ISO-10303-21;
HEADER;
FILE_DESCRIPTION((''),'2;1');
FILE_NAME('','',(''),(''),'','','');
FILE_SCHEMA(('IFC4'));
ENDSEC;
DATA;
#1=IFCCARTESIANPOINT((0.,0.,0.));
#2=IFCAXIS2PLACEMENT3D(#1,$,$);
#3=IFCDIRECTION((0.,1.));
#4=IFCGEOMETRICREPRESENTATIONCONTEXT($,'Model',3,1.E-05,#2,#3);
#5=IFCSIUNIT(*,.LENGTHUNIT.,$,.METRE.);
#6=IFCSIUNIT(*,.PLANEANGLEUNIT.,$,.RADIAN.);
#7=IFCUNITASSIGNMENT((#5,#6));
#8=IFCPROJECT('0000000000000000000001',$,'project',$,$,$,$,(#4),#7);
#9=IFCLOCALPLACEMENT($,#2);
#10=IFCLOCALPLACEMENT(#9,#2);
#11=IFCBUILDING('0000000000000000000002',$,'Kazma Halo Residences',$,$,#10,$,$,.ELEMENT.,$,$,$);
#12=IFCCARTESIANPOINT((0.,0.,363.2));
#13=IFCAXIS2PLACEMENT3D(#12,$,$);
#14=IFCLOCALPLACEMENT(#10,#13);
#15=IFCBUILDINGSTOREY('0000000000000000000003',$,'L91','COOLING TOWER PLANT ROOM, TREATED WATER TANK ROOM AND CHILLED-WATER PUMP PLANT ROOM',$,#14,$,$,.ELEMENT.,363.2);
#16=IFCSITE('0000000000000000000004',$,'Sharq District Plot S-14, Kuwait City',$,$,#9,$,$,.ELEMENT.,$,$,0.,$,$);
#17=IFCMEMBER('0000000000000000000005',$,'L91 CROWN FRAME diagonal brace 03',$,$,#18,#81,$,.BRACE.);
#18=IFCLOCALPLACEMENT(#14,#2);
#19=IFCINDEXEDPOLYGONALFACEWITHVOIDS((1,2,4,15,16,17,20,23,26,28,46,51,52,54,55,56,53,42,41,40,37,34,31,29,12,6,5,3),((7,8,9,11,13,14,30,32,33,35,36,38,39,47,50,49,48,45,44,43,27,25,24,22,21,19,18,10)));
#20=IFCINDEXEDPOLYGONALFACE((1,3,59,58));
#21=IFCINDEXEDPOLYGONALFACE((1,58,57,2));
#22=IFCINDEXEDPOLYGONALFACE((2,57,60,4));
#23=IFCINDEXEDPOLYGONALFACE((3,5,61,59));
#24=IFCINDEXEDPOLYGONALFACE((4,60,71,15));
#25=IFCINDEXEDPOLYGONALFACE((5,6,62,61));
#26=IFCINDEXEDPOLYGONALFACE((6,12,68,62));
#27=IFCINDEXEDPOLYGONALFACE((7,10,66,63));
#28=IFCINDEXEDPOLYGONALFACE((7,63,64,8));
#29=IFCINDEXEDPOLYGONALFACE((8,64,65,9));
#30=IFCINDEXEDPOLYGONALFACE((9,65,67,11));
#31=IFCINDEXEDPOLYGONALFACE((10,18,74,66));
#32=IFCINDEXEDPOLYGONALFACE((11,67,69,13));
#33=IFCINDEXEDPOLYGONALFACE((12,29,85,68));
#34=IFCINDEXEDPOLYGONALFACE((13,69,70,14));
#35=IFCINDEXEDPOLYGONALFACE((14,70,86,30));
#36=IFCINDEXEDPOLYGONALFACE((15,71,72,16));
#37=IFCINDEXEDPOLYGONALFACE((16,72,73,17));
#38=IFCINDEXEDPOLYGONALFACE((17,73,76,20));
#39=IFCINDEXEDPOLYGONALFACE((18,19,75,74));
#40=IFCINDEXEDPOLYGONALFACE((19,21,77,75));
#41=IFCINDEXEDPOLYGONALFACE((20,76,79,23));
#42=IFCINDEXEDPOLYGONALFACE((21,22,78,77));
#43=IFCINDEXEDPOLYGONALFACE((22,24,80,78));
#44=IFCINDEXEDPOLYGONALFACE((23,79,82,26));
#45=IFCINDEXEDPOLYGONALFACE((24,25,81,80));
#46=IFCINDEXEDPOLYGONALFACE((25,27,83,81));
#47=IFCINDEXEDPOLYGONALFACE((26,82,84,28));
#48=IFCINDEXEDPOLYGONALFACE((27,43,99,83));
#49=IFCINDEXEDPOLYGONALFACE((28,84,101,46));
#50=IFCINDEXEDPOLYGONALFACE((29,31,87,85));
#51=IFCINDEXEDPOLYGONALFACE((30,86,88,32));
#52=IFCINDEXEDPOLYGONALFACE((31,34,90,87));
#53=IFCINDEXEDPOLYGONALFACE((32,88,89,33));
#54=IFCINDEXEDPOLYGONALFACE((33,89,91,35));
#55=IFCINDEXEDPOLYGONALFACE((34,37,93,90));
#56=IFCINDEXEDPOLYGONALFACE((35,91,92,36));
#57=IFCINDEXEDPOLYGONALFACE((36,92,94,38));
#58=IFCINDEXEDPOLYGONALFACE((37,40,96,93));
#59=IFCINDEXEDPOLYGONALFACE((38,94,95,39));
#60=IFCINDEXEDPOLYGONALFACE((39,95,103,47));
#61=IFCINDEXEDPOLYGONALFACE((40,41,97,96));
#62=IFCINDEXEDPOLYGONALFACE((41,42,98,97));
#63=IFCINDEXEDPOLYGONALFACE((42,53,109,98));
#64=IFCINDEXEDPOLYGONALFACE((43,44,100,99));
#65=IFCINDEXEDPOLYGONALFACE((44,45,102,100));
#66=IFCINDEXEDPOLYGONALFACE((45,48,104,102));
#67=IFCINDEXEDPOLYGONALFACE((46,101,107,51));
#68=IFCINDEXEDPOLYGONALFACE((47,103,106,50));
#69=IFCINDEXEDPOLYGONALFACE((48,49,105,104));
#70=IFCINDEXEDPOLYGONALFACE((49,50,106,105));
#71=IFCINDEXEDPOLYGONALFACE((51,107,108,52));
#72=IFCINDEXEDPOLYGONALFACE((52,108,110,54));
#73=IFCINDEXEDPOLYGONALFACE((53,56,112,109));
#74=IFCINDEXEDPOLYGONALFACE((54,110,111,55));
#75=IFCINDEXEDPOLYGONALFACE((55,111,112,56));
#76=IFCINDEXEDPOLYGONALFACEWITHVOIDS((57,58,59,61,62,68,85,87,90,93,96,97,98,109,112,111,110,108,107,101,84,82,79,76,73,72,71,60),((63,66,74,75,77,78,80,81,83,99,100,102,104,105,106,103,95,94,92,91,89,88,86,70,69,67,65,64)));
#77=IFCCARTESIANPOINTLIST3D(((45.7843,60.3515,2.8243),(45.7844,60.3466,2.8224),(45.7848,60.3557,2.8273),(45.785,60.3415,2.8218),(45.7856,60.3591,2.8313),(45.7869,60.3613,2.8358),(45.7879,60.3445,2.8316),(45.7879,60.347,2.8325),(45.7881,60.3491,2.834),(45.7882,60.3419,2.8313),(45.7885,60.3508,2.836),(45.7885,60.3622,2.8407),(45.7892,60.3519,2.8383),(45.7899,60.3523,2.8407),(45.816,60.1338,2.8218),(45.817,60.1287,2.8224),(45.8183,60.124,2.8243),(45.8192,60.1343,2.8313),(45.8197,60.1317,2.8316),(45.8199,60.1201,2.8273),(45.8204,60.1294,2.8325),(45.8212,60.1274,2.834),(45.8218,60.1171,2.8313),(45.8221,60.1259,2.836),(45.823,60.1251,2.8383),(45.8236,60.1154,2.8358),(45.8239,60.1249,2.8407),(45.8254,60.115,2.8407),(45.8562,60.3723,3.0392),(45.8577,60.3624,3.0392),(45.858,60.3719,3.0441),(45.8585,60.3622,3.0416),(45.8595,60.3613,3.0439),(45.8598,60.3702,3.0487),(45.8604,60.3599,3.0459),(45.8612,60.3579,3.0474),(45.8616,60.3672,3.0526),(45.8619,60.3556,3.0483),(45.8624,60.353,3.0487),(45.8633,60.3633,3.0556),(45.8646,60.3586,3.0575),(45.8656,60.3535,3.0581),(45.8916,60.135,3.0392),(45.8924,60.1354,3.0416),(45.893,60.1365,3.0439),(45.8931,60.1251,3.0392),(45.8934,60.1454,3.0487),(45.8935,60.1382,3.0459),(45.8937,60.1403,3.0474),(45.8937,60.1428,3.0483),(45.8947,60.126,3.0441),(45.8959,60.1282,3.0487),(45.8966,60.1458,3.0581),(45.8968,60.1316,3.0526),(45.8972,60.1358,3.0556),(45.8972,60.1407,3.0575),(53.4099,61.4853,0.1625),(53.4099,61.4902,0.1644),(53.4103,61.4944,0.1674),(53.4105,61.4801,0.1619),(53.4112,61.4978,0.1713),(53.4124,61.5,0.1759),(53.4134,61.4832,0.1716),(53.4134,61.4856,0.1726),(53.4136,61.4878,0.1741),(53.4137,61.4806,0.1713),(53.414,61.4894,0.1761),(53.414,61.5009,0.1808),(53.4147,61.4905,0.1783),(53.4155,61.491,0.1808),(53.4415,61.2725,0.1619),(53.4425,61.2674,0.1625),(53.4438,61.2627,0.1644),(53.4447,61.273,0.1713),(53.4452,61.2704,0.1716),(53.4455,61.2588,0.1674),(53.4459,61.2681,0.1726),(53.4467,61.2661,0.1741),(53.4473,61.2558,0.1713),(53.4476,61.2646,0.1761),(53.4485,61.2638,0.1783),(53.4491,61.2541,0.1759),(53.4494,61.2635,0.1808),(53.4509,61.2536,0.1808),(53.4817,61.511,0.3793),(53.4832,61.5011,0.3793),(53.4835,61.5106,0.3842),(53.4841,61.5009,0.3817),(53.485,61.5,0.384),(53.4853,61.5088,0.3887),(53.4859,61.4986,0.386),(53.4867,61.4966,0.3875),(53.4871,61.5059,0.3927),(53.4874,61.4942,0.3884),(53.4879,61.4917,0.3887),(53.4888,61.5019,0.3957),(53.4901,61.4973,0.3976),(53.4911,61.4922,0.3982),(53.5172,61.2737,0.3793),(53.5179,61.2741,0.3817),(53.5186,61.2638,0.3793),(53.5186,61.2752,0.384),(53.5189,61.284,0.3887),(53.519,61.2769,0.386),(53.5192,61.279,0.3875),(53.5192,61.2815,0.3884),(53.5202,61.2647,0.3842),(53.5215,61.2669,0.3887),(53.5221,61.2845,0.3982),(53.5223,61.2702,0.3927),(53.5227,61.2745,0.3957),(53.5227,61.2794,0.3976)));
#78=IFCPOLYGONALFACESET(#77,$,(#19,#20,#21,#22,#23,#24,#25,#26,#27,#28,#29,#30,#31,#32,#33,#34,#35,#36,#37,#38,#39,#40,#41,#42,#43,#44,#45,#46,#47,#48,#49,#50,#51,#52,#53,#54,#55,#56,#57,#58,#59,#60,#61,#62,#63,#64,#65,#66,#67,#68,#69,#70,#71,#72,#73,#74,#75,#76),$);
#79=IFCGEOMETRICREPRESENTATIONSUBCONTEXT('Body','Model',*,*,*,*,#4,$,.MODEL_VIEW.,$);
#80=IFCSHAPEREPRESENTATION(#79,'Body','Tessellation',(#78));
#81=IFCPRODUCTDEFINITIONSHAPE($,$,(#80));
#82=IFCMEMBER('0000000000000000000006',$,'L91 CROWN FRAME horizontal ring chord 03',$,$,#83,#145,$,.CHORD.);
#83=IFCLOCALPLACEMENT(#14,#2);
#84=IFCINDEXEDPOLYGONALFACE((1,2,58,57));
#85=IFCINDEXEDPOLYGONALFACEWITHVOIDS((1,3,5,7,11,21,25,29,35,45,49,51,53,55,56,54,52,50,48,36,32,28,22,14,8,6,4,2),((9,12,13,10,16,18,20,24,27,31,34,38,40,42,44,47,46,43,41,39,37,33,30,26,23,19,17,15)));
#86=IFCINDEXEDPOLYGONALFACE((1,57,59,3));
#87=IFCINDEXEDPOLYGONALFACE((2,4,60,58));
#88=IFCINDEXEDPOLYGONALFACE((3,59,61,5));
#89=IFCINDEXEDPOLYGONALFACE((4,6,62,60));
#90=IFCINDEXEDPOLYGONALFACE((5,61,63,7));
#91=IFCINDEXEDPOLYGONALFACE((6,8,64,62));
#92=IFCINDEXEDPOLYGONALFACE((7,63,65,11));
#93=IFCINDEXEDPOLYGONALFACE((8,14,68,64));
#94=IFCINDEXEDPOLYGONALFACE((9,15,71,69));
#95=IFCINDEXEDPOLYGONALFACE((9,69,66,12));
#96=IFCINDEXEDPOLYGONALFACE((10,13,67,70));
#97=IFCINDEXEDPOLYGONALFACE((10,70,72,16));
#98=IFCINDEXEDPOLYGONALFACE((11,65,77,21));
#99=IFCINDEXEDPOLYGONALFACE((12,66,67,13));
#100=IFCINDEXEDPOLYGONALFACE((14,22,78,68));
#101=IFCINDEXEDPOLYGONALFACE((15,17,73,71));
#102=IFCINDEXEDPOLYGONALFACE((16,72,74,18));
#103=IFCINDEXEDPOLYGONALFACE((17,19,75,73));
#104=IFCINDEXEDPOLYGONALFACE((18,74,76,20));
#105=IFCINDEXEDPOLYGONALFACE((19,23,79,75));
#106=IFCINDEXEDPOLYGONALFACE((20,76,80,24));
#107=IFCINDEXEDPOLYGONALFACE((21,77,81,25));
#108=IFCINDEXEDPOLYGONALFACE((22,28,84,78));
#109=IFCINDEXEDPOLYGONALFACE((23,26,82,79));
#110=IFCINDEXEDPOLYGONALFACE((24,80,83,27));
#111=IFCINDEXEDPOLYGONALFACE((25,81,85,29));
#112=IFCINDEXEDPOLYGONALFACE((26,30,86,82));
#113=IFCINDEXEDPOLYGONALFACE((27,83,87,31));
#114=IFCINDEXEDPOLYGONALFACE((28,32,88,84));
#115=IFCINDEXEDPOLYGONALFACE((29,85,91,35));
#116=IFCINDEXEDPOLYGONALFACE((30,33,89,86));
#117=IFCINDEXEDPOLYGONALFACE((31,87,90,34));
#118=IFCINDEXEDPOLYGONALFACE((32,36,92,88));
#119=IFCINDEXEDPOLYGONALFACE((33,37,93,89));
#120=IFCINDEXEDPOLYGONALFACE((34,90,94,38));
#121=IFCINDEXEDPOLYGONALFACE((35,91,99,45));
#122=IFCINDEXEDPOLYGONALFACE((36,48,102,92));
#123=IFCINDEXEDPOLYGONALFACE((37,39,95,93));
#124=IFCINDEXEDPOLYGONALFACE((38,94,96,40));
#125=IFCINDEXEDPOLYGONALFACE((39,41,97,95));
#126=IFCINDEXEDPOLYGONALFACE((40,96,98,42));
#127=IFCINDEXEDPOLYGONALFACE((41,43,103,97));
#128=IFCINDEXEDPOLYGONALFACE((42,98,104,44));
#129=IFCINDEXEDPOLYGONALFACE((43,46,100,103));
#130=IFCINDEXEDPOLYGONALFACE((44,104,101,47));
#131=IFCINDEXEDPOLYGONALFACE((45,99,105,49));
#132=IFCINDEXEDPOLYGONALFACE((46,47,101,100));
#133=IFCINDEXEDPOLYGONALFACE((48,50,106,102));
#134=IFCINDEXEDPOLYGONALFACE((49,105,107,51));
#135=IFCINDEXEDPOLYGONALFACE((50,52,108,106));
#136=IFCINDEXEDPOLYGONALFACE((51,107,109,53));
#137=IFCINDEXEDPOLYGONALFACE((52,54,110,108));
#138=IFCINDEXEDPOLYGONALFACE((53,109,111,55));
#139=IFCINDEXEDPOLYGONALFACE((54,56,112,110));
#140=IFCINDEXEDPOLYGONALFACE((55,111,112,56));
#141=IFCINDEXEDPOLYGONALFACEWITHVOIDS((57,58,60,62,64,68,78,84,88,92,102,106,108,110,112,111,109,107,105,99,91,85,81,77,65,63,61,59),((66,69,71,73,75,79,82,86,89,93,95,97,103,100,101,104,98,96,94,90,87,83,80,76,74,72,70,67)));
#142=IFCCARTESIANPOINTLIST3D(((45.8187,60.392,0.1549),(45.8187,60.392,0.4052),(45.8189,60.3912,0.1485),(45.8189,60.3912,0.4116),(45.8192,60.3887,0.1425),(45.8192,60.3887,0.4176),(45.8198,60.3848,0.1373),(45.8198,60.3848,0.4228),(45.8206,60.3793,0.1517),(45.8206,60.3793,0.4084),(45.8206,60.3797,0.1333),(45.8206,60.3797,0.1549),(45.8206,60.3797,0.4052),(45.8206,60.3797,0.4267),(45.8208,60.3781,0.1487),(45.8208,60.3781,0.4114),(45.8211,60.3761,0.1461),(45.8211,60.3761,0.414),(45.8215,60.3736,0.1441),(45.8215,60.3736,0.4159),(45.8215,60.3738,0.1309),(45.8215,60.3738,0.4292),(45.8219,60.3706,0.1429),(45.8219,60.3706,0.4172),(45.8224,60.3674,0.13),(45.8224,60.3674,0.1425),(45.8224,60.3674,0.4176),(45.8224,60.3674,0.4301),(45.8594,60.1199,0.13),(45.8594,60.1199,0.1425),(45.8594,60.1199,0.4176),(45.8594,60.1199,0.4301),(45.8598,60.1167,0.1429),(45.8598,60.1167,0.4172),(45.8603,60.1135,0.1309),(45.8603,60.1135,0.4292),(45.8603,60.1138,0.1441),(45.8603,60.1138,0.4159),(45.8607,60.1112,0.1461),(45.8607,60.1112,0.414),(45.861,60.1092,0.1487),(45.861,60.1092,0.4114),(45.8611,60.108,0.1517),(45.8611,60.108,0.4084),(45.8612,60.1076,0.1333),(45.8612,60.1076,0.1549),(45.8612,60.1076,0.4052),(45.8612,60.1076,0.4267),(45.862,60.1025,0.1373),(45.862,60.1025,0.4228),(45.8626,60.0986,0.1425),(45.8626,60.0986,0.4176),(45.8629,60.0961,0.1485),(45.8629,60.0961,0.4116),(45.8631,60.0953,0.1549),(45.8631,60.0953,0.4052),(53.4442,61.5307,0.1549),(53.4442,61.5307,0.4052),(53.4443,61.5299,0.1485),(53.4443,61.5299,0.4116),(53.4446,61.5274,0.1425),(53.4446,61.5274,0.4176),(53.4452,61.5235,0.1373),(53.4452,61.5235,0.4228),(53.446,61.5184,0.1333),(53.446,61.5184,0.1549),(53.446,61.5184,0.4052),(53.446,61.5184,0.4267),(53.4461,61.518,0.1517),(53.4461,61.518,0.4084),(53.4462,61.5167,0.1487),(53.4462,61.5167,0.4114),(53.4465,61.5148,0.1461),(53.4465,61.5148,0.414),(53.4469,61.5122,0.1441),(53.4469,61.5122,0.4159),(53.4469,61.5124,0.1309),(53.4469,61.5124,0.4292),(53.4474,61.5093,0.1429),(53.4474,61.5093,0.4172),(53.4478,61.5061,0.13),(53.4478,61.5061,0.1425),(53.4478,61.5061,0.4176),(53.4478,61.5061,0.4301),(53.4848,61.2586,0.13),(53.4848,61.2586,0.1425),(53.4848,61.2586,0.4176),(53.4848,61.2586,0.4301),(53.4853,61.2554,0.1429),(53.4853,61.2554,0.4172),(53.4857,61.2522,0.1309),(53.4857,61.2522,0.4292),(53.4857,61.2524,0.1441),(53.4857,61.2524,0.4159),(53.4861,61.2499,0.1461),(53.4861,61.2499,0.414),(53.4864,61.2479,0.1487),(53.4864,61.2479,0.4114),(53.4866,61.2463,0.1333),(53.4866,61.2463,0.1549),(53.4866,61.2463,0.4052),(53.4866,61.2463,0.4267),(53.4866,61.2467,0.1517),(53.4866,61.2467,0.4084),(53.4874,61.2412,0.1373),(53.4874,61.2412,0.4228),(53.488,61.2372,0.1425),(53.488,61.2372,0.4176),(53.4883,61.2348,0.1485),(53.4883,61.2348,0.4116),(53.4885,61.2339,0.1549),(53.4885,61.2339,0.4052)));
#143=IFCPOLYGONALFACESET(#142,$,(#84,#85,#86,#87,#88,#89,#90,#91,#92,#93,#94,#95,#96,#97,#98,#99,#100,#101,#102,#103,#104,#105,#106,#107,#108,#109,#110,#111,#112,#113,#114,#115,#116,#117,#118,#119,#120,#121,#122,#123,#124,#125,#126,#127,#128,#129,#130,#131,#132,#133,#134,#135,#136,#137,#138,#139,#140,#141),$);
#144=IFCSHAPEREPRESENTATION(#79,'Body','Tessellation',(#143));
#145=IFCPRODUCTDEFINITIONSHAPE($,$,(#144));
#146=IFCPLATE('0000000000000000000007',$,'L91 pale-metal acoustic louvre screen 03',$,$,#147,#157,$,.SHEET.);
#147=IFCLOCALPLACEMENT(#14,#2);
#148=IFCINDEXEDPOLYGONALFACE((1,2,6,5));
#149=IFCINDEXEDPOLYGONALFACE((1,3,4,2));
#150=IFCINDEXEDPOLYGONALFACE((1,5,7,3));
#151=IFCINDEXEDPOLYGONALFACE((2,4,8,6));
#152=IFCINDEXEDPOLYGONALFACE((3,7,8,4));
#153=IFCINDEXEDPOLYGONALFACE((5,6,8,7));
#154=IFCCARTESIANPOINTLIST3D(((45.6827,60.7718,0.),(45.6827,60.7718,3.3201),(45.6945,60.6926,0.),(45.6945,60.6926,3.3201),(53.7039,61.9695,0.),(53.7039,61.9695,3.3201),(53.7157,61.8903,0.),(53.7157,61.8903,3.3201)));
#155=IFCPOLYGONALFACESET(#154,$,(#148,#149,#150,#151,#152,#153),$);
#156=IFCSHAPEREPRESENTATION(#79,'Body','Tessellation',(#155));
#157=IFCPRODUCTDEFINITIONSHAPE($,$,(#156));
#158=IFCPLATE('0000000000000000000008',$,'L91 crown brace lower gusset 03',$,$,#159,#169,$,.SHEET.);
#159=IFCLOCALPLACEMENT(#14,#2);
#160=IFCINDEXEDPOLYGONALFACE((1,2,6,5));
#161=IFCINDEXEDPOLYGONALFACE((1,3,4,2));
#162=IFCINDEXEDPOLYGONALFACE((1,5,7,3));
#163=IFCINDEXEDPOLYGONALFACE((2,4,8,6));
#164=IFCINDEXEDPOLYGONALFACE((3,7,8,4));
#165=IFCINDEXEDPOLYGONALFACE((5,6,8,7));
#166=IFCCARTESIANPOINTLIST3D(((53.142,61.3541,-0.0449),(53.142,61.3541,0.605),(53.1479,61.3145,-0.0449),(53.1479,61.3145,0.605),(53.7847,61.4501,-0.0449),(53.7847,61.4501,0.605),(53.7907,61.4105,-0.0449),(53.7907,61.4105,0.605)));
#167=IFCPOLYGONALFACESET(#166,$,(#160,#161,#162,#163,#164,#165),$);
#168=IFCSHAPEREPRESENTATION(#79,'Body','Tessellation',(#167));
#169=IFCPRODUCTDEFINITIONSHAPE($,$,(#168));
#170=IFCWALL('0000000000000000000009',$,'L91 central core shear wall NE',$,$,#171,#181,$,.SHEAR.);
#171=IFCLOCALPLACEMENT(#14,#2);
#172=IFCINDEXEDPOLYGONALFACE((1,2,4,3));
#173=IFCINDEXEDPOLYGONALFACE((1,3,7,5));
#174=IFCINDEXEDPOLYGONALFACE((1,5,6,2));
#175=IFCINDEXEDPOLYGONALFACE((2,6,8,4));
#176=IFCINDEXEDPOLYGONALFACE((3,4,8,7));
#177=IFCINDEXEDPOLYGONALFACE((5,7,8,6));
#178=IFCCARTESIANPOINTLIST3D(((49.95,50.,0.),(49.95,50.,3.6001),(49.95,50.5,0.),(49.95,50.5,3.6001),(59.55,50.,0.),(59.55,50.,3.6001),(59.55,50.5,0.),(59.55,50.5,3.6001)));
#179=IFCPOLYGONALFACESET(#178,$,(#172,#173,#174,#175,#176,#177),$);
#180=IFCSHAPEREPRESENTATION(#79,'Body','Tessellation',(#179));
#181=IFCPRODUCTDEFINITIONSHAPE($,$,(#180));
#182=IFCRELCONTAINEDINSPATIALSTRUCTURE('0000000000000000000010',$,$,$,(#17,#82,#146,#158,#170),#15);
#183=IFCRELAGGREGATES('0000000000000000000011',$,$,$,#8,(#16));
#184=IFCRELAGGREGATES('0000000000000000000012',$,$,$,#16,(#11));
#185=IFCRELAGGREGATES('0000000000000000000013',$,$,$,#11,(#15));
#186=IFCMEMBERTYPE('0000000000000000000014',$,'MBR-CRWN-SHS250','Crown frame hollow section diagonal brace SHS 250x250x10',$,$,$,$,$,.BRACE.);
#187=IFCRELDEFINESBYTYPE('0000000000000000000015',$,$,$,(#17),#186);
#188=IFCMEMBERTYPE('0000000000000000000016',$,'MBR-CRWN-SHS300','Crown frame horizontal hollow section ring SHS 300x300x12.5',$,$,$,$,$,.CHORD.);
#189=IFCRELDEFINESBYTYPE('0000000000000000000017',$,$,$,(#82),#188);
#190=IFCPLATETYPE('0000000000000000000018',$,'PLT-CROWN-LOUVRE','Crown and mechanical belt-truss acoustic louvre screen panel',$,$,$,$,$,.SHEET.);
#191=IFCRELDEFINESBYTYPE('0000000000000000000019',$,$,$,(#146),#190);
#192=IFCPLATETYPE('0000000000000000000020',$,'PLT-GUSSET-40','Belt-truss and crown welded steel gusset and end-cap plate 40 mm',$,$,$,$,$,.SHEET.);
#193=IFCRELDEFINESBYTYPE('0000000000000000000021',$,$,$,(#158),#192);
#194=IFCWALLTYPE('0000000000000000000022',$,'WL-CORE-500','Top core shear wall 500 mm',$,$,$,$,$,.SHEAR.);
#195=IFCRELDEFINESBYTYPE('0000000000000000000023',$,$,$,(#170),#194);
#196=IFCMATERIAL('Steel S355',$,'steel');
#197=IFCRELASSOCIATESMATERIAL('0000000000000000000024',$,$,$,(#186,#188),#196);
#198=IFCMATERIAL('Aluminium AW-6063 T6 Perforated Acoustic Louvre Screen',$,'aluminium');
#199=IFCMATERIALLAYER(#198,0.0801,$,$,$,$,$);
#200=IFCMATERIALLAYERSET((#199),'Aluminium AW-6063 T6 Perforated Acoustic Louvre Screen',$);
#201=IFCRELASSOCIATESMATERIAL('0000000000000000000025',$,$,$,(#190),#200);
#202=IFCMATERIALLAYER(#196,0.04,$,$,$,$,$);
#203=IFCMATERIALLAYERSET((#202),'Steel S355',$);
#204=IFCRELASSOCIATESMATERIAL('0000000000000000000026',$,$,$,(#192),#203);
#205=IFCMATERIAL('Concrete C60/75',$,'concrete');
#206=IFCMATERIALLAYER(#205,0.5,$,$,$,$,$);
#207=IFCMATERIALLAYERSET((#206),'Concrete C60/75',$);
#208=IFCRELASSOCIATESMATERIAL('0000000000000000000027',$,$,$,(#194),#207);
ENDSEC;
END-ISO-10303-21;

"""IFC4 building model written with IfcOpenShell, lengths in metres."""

from ifc_helpers import new_model, si_unit, direction, frame, frame_2d, origin, origin_2d, place, context, subcontext, project, spatial, rectangle, hollow_rectangle, extrude, material, layer, layer_set, material_profile, profile_set, type_object, element, save


model = new_model("IFC4")

# Units and contexts
model_context = context("Model", 3, precision=1e-05, world=origin(), true_north=direction((0.0, 1.0)))
body_context = subcontext(model_context, "Body", "Model", "MODEL_VIEW")
ifc_project = project(units=[si_unit("LENGTHUNIT", "METRE"), si_unit("PLANEANGLEUNIT", "RADIAN")], contexts=[model_context])

# Site, building, storey
site_placement = place(None, origin())
site = spatial("IfcSite", under=ifc_project, at=site_placement, Name="Sharq District Plot S-14, Kuwait City", CompositionType="ELEMENT", RefElevation=0.0)
building_placement = place(site_placement, origin())
building = spatial("IfcBuilding", under=site, at=building_placement, Name="Kazma Halo Residences", CompositionType="ELEMENT")
storey_placement = place(building_placement, frame((0.0, 0.0, 363.2)))
storey = spatial("IfcBuildingStorey", under=building, at=storey_placement, Name="L91", Description="COOLING TOWER PLANT ROOM, TREATED WATER TANK ROOM AND CHILLED-WATER PUMP PLANT ROOM", CompositionType="ELEMENT", Elevation=363.2)

# Shared definitions
ifc_material_1 = material(Name="Steel S355", Category="steel")

# Members
ifc_material_profile_1 = material_profile(ifc_material_1, hollow_rectangle(XDim=0.25, YDim=0.25, WallThickness=0.01, InnerFilletRadius=0.01, OuterFilletRadius=0.02, at=origin_2d()), Name="SHS250x250x10")
ifc_profile_set_1 = profile_set([ifc_material_profile_1], Name="Steel S355")
member_type_1 = type_object("IfcMemberType", Name="MBR-CRWN-SHS250", Description="Crown frame hollow section diagonal brace SHS 250x250x10", PredefinedType="BRACE", material=ifc_profile_set_1)
member_1_placement = place(storey_placement, frame((53.4663, 61.3823, 0.28), z_axis=(-0.934958, -0.139612, 0.326131), x_axis=(0.147687, -0.989034, 0.0)))
element("IfcMember", 1, at=member_1_placement, inside=storey, type_object=member_type_1, Name="L91 CROWN FRAME diagonal brace 03", PredefinedType="BRACE", context=body_context, shape_type="SweptSolid", body=[
    extrude(hollow_rectangle(XDim=0.25, YDim=0.25, WallThickness=0.01, InnerFilletRadius=0.01, OuterFilletRadius=0.02, at=origin_2d()), origin(), (0.0, 0.0, 1.0), 8.156),
])
ifc_material_profile_2 = material_profile(ifc_material_1, hollow_rectangle(XDim=0.3, YDim=0.3, WallThickness=0.0125, InnerFilletRadius=0.0125, OuterFilletRadius=0.0249, at=origin_2d()), Name="SHS300x300x12.5")
ifc_profile_set_2 = profile_set([ifc_material_profile_2], Name="Steel S355")
member_type_2 = type_object("IfcMemberType", Name="MBR-CRWN-SHS300", Description="Crown frame horizontal hollow section ring SHS 300x300x12.5", PredefinedType="CHORD", material=ifc_profile_set_2)
member_2_placement = place(storey_placement, frame((53.4663, 61.3823, 0.28), z_axis=(-0.989034, -0.147687, 0.0), x_axis=(0.147687, -0.989034, 0.0)))
element("IfcMember", 2, at=member_2_placement, inside=storey, type_object=member_type_2, Name="L91 CROWN FRAME horizontal ring chord 03", PredefinedType="CHORD", context=body_context, shape_type="SweptSolid", body=[
    extrude(hollow_rectangle(XDim=0.3, YDim=0.3, WallThickness=0.0125, InnerFilletRadius=0.0125, OuterFilletRadius=0.0249, at=origin_2d()), origin(), (0.0, 0.0, 1.0), 7.71),
])

# Plates
ifc_material_2 = material(Name="Aluminium AW-6063 T6 Perforated Acoustic Louvre Screen", Category="aluminium")
ifc_layer_1 = layer(ifc_material_2, 0.0801)
ifc_layer_set_1 = layer_set([ifc_layer_1], Name="Aluminium AW-6063 T6 Perforated Acoustic Louvre Screen")
plate_type_1 = type_object("IfcPlateType", Name="PLT-CROWN-LOUVRE", Description="Crown and mechanical belt-truss acoustic louvre screen panel", PredefinedType="SHEET", material=ifc_layer_set_1)
plate_1_placement = place(storey_placement, frame((49.6992, 61.3311, 0.0), z_axis=(0.0, 0.0, 1.0), x_axis=(-0.989034, -0.147687, 0.0)))
element("IfcPlate", 3, at=plate_1_placement, inside=storey, type_object=plate_type_1, Name="L91 pale-metal acoustic louvre screen 03", PredefinedType="SHEET", context=body_context, shape_type="SweptSolid", body=[
    extrude(rectangle(XDim=8.1101, YDim=0.0801, at=origin_2d()), origin(), (0.0, 0.0, 1.0), 3.3201),
])
ifc_layer_2 = layer(ifc_material_1, 0.04)
ifc_layer_set_2 = layer_set([ifc_layer_2], Name="Steel S355")
plate_type_2 = type_object("IfcPlateType", Name="PLT-GUSSET-40", Description="Belt-truss and crown welded steel gusset and end-cap plate 40 mm", PredefinedType="SHEET", material=ifc_layer_set_2)
plate_2_placement = place(storey_placement, frame((53.4663, 61.3823, -0.0449), z_axis=(0.0, 0.0, 1.0), x_axis=(-0.989034, -0.147687, 0.0)))
element("IfcPlate", 4, at=plate_2_placement, inside=storey, type_object=plate_type_2, Name="L91 crown brace lower gusset 03", PredefinedType="SHEET", context=body_context, shape_type="SweptSolid", body=[
    extrude(rectangle(XDim=0.6499, YDim=0.04, at=origin_2d()), origin(), (0.0, 0.0, 1.0), 0.6499),
])

# Wall
ifc_material_3 = material(Name="Concrete C60/75", Category="concrete")
ifc_layer_3 = layer(ifc_material_3, 0.5)
ifc_layer_set_3 = layer_set([ifc_layer_3], Name="Concrete C60/75")
wall_type_1 = type_object("IfcWallType", Name="WL-CORE-500", Description="Top core shear wall 500 mm", PredefinedType="SHEAR", material=ifc_layer_set_3)
wall_1_placement = place(storey_placement, frame((49.95, 50.25, 0.0), z_axis=(0.0, 0.0, 1.0), x_axis=(1.0, 0.0, 0.0)))
element("IfcWall", 5, at=wall_1_placement, inside=storey, type_object=wall_type_1, Name="L91 central core shear wall NE", PredefinedType="SHEAR", context=body_context, shape_type="SweptSolid", body=[
    extrude(rectangle(XDim=9.6001, YDim=0.5, at=frame_2d((4.8, 0.0))), origin(), (0.0, 0.0, 1.0), 3.6001),
])

save(model, "model.ifc")
